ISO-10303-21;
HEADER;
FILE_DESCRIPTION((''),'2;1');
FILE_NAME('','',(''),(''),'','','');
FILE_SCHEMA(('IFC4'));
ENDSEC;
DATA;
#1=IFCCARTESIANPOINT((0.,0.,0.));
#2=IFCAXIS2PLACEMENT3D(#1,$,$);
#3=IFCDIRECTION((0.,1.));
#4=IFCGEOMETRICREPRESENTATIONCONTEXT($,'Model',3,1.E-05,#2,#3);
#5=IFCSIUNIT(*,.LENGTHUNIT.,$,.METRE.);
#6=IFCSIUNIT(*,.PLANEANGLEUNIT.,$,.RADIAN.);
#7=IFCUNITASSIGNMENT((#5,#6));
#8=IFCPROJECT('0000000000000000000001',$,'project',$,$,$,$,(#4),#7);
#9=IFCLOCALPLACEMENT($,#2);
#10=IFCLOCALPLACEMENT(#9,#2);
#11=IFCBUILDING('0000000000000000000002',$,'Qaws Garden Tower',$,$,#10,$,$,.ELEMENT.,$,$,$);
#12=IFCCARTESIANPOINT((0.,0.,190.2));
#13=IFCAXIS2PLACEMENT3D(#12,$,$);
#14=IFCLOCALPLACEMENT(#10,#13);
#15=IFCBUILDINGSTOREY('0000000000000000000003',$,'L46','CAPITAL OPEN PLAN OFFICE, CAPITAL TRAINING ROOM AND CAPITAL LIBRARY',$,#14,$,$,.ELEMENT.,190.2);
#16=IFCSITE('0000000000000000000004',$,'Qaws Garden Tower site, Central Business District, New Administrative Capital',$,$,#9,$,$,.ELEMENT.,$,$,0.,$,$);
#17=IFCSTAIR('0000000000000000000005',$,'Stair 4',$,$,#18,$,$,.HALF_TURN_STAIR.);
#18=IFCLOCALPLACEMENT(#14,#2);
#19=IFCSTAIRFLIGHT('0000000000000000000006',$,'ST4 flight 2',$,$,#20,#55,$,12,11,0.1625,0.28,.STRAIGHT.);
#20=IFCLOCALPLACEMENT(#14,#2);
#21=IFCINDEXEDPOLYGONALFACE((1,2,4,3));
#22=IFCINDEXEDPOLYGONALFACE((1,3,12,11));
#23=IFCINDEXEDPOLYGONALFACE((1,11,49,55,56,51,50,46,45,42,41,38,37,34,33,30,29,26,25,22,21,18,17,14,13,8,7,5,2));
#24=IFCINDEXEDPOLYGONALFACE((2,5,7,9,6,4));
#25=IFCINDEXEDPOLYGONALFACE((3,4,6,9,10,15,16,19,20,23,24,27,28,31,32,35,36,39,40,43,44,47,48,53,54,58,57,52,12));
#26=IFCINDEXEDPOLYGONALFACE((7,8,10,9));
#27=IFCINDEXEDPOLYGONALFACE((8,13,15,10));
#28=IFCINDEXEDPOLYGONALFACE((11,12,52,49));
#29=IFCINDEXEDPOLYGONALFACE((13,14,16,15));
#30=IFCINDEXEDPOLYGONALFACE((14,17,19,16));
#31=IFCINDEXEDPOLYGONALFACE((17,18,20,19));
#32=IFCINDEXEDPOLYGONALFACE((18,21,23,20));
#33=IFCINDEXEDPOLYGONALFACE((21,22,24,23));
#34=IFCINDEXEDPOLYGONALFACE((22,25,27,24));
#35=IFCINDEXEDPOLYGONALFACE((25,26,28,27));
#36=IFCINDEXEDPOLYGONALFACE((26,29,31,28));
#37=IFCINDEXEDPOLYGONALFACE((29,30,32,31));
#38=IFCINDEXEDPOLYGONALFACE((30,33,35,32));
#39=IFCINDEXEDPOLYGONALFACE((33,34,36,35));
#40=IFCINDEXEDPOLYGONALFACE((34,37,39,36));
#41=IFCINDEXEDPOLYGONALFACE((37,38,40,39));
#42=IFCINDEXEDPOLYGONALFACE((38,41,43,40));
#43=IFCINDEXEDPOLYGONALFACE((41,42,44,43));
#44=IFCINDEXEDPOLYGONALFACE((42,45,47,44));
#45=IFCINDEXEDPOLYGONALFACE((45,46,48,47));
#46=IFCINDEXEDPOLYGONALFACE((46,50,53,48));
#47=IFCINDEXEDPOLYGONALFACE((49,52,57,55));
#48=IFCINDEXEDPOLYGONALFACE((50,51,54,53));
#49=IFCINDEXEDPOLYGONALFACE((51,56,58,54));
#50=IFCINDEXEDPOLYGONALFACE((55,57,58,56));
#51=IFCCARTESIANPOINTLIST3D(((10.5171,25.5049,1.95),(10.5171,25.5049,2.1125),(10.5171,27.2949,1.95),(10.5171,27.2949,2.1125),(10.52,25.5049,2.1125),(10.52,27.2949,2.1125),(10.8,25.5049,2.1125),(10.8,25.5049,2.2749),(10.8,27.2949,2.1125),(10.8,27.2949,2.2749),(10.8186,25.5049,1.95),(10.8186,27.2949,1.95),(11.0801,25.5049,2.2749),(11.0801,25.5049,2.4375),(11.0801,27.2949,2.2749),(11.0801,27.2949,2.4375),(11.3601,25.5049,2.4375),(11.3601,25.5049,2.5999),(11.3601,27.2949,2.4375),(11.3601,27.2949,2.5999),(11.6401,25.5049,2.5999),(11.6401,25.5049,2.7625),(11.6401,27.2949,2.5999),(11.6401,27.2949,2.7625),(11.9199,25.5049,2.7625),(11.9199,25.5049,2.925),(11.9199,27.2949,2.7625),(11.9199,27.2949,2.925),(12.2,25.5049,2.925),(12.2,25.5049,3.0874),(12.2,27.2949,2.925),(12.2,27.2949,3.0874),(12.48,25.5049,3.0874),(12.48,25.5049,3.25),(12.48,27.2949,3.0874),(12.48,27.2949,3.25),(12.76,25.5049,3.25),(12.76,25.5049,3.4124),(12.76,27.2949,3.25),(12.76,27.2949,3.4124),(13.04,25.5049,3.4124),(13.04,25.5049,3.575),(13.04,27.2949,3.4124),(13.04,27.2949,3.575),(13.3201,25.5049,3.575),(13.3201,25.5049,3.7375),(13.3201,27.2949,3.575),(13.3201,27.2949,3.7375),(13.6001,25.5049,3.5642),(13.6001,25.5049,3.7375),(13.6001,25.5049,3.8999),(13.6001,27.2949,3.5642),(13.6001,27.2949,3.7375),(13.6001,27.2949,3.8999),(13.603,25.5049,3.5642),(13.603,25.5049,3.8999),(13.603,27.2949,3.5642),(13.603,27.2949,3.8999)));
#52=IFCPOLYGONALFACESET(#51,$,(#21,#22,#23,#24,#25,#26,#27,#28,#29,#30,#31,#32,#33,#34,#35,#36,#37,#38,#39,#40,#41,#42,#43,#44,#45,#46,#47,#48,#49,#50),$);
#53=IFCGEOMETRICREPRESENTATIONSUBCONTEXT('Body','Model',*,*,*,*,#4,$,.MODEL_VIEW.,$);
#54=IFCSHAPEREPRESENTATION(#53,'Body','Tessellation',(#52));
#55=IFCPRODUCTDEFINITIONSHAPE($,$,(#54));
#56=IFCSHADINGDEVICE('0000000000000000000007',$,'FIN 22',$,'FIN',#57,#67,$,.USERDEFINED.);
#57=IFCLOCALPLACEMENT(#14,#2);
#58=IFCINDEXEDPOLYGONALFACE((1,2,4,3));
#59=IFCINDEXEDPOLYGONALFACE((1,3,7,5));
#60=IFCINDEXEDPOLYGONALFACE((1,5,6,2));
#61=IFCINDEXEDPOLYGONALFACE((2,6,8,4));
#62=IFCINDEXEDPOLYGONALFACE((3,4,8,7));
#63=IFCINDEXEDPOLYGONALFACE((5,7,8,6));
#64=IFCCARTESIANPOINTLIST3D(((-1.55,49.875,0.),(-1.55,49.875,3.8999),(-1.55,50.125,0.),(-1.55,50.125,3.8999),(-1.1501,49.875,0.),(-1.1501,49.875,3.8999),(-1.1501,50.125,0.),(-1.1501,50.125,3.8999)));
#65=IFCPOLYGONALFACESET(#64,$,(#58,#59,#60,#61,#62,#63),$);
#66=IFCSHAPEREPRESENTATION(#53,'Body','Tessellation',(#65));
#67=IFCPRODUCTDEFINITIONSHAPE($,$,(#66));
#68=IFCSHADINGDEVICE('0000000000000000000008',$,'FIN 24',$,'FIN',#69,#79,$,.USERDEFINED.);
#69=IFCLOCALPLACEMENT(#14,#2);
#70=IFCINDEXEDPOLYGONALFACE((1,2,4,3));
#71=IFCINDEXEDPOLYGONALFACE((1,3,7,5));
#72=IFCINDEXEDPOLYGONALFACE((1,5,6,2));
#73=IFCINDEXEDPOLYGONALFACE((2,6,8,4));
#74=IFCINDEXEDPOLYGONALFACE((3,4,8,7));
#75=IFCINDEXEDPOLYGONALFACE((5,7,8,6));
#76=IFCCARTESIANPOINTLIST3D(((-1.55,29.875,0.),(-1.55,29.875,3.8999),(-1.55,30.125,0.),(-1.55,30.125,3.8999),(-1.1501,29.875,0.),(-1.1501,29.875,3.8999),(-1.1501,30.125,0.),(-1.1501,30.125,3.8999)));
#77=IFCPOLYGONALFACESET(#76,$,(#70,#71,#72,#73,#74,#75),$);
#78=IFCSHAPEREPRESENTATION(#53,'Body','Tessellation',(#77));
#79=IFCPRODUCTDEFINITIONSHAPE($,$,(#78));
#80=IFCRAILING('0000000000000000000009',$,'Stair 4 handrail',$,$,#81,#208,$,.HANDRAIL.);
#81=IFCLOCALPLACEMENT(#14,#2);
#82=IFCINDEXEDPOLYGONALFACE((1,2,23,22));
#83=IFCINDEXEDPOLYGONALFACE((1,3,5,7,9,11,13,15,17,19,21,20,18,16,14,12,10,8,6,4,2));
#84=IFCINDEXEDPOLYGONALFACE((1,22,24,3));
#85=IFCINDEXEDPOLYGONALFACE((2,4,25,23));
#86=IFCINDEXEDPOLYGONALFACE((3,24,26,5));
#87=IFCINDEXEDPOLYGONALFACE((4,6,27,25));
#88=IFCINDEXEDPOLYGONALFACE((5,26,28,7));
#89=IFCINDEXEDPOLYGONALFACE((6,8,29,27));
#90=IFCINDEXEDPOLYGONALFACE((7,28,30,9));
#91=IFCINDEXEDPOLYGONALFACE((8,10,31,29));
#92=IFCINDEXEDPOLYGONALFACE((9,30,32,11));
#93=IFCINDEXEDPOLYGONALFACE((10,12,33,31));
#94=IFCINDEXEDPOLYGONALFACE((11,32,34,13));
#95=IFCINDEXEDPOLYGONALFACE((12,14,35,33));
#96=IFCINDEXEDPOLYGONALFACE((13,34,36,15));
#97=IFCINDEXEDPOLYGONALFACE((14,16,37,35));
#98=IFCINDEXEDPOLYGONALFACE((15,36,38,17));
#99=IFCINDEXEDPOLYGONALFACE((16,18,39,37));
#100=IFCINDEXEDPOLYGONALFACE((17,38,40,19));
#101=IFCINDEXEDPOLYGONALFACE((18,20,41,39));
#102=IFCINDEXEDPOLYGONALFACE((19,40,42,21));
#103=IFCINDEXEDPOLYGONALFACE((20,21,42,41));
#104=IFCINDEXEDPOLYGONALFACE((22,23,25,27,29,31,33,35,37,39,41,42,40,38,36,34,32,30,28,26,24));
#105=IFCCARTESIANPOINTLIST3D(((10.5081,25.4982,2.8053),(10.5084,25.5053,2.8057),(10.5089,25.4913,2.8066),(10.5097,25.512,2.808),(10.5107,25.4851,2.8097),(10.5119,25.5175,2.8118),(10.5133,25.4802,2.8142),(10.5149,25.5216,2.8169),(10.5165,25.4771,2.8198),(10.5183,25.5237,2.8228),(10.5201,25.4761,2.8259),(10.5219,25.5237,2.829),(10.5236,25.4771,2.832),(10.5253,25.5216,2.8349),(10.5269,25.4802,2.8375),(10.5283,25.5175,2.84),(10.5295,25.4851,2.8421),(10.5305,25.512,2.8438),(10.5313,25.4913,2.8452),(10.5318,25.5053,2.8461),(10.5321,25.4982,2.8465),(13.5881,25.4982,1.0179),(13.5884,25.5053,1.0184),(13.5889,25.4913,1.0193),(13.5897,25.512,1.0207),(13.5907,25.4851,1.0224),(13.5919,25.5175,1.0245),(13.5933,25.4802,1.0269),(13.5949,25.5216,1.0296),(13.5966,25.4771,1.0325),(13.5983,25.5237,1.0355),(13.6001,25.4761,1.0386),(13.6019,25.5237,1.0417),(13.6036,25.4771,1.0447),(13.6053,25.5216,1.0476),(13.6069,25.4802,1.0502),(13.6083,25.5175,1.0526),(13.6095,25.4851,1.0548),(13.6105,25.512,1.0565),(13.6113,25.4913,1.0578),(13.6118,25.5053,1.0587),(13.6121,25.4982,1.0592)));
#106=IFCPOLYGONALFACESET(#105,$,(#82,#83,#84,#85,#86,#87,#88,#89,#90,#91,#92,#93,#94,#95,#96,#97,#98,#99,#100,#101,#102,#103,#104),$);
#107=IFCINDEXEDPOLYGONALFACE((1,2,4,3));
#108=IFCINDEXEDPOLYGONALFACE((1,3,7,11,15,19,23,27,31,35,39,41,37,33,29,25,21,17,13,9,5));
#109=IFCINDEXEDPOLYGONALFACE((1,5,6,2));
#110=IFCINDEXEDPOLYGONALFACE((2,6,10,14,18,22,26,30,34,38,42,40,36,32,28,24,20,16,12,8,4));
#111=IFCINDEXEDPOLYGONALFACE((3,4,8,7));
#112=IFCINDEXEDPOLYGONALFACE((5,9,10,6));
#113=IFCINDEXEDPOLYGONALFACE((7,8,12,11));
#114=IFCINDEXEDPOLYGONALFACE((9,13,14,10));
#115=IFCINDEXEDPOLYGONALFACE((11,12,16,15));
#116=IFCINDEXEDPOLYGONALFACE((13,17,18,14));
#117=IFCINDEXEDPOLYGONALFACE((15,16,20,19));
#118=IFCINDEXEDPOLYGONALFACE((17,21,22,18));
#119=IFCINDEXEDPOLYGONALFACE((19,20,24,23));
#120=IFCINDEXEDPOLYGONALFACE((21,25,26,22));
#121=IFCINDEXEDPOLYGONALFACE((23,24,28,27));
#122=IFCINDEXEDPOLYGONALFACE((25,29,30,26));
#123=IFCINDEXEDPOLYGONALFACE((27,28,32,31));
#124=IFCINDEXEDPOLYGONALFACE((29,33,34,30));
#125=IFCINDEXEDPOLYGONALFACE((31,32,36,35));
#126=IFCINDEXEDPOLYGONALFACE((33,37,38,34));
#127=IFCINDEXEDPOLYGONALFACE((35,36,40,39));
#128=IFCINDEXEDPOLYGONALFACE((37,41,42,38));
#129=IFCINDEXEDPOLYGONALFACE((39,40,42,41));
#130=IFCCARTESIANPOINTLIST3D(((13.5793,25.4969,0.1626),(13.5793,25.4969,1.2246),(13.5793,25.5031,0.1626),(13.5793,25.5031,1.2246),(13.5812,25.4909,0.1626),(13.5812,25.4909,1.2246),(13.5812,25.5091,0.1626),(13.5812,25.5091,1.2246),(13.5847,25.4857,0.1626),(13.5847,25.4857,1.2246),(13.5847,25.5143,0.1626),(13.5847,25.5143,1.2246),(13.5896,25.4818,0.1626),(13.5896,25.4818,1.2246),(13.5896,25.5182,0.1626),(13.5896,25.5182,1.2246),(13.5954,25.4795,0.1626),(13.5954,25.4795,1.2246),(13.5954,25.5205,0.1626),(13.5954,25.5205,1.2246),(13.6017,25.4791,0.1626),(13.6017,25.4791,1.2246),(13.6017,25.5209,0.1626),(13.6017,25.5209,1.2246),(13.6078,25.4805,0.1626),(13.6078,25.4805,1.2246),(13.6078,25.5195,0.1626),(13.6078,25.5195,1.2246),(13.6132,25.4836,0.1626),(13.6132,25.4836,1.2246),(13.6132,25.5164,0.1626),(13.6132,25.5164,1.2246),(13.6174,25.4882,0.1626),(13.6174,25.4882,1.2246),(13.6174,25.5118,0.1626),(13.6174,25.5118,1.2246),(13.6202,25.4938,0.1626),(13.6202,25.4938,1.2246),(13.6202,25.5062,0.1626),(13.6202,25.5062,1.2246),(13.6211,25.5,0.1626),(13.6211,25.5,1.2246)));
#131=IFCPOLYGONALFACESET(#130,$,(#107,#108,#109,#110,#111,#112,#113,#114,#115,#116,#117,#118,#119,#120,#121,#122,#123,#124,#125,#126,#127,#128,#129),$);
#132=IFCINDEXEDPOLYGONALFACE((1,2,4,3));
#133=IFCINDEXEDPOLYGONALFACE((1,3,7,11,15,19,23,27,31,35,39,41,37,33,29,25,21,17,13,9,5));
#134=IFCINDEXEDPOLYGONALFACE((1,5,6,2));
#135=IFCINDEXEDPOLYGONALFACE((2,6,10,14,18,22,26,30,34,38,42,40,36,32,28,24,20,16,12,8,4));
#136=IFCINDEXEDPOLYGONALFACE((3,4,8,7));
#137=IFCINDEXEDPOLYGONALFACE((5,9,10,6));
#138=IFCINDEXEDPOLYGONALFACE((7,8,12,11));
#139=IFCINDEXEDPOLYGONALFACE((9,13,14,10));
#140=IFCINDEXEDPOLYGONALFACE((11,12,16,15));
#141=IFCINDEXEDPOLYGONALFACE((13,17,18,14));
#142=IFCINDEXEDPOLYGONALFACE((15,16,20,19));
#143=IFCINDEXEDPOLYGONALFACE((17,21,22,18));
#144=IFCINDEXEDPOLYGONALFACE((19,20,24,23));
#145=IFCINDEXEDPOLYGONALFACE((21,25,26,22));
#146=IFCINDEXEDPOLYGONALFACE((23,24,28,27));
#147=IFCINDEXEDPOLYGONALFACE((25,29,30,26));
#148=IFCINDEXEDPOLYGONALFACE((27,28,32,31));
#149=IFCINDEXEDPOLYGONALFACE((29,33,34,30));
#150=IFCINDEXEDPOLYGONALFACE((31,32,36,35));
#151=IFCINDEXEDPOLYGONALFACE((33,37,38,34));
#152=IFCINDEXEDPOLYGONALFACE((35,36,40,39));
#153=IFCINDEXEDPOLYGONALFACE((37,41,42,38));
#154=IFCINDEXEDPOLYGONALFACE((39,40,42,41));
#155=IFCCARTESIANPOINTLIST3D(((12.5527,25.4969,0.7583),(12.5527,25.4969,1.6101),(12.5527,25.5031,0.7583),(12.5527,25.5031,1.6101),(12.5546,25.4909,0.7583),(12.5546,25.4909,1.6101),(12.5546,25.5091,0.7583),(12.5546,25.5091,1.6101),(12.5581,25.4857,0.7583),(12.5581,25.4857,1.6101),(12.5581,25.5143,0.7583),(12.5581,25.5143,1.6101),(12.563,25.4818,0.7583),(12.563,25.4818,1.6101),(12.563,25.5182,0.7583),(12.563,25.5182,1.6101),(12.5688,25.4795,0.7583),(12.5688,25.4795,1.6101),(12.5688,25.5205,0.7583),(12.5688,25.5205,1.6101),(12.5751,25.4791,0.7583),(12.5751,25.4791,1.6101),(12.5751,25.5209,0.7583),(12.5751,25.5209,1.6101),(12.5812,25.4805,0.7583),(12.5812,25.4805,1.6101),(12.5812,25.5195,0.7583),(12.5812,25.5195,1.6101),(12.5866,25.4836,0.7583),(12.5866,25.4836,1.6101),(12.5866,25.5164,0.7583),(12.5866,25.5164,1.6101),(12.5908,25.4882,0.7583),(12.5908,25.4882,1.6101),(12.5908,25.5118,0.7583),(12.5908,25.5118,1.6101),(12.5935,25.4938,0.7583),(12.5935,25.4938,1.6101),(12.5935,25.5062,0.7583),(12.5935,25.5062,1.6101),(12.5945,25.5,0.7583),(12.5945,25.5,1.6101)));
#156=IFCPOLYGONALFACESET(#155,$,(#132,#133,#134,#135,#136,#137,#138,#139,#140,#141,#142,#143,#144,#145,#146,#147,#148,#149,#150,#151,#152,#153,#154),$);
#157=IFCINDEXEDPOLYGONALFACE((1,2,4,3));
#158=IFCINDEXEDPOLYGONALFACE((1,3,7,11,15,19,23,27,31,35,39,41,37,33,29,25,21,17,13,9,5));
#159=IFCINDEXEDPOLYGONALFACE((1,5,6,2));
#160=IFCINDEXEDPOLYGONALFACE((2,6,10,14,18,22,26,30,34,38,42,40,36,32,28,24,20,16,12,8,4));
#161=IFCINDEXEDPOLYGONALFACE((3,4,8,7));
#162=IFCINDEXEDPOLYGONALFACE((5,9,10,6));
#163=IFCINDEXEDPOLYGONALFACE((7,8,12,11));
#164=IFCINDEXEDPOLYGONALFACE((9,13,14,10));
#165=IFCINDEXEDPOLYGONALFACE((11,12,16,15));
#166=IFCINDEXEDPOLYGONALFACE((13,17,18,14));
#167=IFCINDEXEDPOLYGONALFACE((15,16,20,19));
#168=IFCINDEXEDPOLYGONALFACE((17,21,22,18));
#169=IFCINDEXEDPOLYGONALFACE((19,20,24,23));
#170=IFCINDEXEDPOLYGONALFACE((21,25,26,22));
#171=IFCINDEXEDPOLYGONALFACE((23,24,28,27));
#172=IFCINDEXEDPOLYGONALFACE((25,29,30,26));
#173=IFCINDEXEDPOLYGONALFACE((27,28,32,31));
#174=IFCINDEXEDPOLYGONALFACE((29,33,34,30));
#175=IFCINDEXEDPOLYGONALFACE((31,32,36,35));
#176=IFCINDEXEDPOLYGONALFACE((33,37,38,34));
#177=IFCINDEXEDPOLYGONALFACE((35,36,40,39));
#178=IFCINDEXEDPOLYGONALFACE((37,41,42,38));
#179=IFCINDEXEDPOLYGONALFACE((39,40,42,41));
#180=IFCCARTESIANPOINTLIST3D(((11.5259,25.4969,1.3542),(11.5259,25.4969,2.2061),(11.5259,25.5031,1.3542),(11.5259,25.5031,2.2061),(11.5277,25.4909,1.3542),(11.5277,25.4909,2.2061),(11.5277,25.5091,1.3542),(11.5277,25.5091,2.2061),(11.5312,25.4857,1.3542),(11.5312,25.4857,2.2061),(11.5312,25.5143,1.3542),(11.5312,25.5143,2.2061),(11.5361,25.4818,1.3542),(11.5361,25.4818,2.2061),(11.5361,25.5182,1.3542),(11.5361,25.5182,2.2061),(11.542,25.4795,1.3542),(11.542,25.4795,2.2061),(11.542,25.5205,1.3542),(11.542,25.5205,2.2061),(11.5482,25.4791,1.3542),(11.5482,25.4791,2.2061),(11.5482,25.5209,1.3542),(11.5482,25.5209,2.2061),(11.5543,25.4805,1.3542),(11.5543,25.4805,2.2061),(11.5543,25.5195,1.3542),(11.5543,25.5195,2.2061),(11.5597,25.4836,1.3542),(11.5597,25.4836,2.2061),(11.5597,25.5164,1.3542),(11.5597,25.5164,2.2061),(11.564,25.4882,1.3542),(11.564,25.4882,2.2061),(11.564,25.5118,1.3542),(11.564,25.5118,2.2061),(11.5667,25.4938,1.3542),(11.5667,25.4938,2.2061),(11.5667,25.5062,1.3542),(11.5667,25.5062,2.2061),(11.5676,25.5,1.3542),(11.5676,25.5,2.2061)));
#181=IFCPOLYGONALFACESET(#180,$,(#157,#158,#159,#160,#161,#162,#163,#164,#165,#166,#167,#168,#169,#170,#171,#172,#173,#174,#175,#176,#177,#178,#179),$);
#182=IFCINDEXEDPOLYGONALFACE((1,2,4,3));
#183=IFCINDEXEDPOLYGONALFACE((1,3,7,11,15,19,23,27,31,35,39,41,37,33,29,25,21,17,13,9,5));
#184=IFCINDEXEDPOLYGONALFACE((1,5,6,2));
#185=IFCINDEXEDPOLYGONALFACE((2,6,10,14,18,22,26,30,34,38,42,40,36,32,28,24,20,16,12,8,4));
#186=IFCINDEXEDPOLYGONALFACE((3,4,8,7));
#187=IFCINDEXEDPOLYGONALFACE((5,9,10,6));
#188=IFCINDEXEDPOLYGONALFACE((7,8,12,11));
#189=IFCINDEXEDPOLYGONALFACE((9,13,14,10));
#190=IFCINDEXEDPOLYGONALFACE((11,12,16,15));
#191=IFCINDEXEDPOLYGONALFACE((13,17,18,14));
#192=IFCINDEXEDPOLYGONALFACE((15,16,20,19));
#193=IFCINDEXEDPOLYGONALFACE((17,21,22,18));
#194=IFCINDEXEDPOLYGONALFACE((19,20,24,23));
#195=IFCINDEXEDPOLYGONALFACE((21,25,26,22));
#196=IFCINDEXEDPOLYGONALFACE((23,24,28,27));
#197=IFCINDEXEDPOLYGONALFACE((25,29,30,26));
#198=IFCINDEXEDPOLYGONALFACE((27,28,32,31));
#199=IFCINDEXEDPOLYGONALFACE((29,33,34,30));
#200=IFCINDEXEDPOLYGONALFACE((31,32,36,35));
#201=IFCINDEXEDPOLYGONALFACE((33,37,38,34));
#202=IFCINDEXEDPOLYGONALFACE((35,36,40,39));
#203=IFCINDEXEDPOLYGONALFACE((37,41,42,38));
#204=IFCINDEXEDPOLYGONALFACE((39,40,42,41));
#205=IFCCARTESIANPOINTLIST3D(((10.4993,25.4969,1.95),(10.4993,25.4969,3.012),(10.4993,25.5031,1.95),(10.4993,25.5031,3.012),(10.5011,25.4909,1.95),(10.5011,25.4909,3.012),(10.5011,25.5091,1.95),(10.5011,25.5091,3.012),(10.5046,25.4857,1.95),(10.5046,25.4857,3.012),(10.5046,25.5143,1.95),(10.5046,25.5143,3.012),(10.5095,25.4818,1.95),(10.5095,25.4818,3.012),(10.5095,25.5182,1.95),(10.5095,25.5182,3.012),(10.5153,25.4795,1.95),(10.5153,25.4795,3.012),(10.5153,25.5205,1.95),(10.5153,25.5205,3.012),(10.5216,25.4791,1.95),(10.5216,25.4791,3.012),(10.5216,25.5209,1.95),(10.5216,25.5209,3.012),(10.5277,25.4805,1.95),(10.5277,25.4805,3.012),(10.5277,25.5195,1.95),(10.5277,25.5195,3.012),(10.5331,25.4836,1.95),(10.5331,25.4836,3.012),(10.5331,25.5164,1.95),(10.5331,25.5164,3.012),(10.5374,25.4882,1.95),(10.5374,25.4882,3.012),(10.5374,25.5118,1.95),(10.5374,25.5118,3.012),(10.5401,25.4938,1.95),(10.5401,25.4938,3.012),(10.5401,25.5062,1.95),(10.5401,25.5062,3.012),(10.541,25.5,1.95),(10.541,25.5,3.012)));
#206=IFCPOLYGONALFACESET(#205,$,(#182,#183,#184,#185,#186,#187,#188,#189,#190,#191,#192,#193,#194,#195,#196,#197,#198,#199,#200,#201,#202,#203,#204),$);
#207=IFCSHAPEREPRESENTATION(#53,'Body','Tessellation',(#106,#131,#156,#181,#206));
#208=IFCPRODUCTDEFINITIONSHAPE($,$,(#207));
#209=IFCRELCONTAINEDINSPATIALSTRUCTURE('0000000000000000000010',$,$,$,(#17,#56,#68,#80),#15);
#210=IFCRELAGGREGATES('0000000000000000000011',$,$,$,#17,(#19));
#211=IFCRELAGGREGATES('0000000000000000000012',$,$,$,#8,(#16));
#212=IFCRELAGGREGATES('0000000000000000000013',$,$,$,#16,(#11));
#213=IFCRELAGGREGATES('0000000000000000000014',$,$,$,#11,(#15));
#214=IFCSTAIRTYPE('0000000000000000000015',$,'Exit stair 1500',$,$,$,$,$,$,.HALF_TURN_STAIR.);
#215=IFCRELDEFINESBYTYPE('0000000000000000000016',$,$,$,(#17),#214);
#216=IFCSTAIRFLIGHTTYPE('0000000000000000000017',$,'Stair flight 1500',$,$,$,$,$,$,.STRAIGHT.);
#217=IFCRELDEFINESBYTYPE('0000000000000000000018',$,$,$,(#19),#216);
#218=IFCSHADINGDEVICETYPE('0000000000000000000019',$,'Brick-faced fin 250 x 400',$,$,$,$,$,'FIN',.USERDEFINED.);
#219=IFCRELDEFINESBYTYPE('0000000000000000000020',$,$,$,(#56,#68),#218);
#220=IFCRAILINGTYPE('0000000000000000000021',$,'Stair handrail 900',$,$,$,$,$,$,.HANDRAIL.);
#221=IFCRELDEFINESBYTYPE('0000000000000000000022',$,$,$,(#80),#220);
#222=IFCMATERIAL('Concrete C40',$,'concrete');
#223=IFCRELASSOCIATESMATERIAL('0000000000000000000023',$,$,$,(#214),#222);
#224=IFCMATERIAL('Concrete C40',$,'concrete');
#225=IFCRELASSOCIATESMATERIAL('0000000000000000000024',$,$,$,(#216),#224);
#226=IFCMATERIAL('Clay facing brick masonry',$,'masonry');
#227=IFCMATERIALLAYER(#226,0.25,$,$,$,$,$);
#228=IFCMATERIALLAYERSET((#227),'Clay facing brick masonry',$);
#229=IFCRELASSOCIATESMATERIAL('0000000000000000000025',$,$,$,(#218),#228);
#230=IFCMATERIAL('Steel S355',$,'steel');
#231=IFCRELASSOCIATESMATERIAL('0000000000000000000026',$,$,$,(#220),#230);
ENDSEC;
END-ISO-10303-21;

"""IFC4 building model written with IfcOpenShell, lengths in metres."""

from ifc_helpers import new_model, si_unit, direction, frame, origin, origin_2d, place, context, subcontext, project, spatial, polyline, rectangle, circle, outline, extrude, material, layer, layer_set, type_object, element, aggregate, save


model = new_model("IFC4")

# Units and contexts
model_context = context("Model", 3, precision=1e-05, world=origin(), true_north=direction((0.0, 1.0)))
body_context = subcontext(model_context, "Body", "Model", "MODEL_VIEW")
ifc_project = project(units=[si_unit("LENGTHUNIT", "METRE"), si_unit("PLANEANGLEUNIT", "RADIAN")], contexts=[model_context])

# Site, building, storey
site_placement = place(None, origin())
site = spatial("IfcSite", under=ifc_project, at=site_placement, Name="Qaws Garden Tower site, Central Business District, New Administrative Capital", CompositionType="ELEMENT", RefElevation=0.0)
building_placement = place(site_placement, origin())
building = spatial("IfcBuilding", under=site, at=building_placement, Name="Qaws Garden Tower", CompositionType="ELEMENT")
storey_placement = place(building_placement, frame((0.0, 0.0, 190.2)))
storey = spatial("IfcBuildingStorey", under=building, at=storey_placement, Name="L46", Description="CAPITAL OPEN PLAN OFFICE, CAPITAL TRAINING ROOM AND CAPITAL LIBRARY", CompositionType="ELEMENT", Elevation=190.2)

# Stair, stair flight
ifc_material_1 = material(Name="Concrete C40", Category="concrete")
stair_type = type_object("IfcStairType", Name="Exit stair 1500", PredefinedType="HALF_TURN_STAIR", material=ifc_material_1)
stair_placement = place(storey_placement, origin())
stair = element("IfcStair", 1, at=stair_placement, inside=storey, type_object=stair_type, Name="Stair 4", PredefinedType="HALF_TURN_STAIR")
ifc_material_2 = material(Name="Concrete C40", Category="concrete")
stair_flight_type = type_object("IfcStairFlightType", Name="Stair flight 1500", PredefinedType="STRAIGHT", material=ifc_material_2)
stair_flight_placement = place(storey_placement, frame((10.52, 26.3999, 1.95), z_axis=(0.0, 0.0, 1.0), x_axis=(1.0, 0.0, 0.0)))
stair_flight = element("IfcStairFlight", 2, at=stair_flight_placement, type_object=stair_flight_type, Name="ST4 flight 2", NumberOfRisers=12, NumberOfTreads=11, PredefinedType="STRAIGHT", RiserHeight=0.1625, TreadLength=0.28, context=body_context, shape_type="SweptSolid", body=[
    extrude(outline(polyline([(-0.0029, 0.0), (-0.0029, 0.1626), (0.0, 0.1626), (0.28, 0.1626), (0.28, 0.325), (0.5601, 0.325), (0.5601, 0.4875), (0.8401, 0.4875), (0.8401, 0.6499), (1.1201, 0.6499), (1.1201, 0.8125), (1.3999, 0.8125), (1.3999, 0.9751), (1.6799, 0.9751), (1.6799, 1.1375), (1.96, 1.1375), (1.96, 1.3), (2.24, 1.3), (2.24, 1.4624), (2.52, 1.4624), (2.52, 1.625), (2.8, 1.625), (2.8, 1.7876), (3.0801, 1.7876), (3.0801, 1.95), (3.083, 1.95), (3.083, 1.6143), (3.0801, 1.6143), (0.2986, 0.0), (-0.0029, 0.0)])), frame((0.0, 0.895, 0.0), z_axis=(0.0, -1.0, 0.0), x_axis=(1.0, 0.0, 0.0)), (0.0, 0.0, 1.0), 1.79),
])
aggregate(stair, [stair_flight])

# Shading devices
ifc_material_3 = material(Name="Clay facing brick masonry", Category="masonry")
ifc_layer_1 = layer(ifc_material_3, 0.25)
ifc_layer_set_1 = layer_set([ifc_layer_1], Name="Clay facing brick masonry")
shading_device_type = type_object("IfcShadingDeviceType", Name="Brick-faced fin 250 x 400", ElementType="FIN", PredefinedType="USERDEFINED", material=ifc_layer_set_1)
for number, where, z_axis, x_axis, name in (
    (3, (-1.3501, 50.0, 0.0), (0.0, 0.0, 1.0), (0.0, -1.0, 0.0), "FIN 22"),
    (4, (-1.3501, 30.0, 0.0), (0.0, 0.0, 1.0), (0.0, -1.0, 0.0), "FIN 24"),
):
    element("IfcShadingDevice", number, at=place(storey_placement, frame(where, z_axis=z_axis, x_axis=x_axis)), inside=storey, type_object=shading_device_type, Name=name, ObjectType="FIN", PredefinedType="USERDEFINED", context=body_context, shape_type="SweptSolid", body=[
        extrude(rectangle(XDim=0.25, YDim=0.3999, at=origin_2d()), origin(), (0.0, 0.0, 1.0), 3.8999),
    ])

# Railing
ifc_material_4 = material(Name="Steel S355", Category="steel")
railing_type = type_object("IfcRailingType", Name="Stair handrail 900", PredefinedType="HANDRAIL", material=ifc_material_4)
railing_1_placement = place(storey_placement, frame((13.6001, 25.5, 0.1626)))
element("IfcRailing", 5, at=railing_1_placement, inside=storey, type_object=railing_type, Name="Stair 4 handrail", PredefinedType="HANDRAIL", context=body_context, shape_type="SweptSolid", body=[
    extrude(circle(Radius=0.0239, at=origin_2d()), frame((0.0, 0.0, 0.876), z_axis=(-0.86492, 0.0, 0.501909), x_axis=(0.0, -1.0, 0.0)), (0.0, 0.0, 1.0), 3.561),
    extrude(circle(Radius=0.021, at=origin_2d()), origin(), (0.0, 0.0, 1.0), 1.062),
    extrude(circle(Radius=0.021, at=origin_2d()), frame((-1.0266, 0.0, 0.5957)), (0.0, 0.0, 1.0), 0.8518),
    extrude(circle(Radius=0.021, at=origin_2d()), frame((-2.0535, 0.0, 1.1917)), (0.0, 0.0, 1.0), 0.8518),
    extrude(circle(Radius=0.021, at=origin_2d()), frame((-3.0801, 0.0, 1.7874)), (0.0, 0.0, 1.0), 1.062),
])

save(model, "model.ifc")
